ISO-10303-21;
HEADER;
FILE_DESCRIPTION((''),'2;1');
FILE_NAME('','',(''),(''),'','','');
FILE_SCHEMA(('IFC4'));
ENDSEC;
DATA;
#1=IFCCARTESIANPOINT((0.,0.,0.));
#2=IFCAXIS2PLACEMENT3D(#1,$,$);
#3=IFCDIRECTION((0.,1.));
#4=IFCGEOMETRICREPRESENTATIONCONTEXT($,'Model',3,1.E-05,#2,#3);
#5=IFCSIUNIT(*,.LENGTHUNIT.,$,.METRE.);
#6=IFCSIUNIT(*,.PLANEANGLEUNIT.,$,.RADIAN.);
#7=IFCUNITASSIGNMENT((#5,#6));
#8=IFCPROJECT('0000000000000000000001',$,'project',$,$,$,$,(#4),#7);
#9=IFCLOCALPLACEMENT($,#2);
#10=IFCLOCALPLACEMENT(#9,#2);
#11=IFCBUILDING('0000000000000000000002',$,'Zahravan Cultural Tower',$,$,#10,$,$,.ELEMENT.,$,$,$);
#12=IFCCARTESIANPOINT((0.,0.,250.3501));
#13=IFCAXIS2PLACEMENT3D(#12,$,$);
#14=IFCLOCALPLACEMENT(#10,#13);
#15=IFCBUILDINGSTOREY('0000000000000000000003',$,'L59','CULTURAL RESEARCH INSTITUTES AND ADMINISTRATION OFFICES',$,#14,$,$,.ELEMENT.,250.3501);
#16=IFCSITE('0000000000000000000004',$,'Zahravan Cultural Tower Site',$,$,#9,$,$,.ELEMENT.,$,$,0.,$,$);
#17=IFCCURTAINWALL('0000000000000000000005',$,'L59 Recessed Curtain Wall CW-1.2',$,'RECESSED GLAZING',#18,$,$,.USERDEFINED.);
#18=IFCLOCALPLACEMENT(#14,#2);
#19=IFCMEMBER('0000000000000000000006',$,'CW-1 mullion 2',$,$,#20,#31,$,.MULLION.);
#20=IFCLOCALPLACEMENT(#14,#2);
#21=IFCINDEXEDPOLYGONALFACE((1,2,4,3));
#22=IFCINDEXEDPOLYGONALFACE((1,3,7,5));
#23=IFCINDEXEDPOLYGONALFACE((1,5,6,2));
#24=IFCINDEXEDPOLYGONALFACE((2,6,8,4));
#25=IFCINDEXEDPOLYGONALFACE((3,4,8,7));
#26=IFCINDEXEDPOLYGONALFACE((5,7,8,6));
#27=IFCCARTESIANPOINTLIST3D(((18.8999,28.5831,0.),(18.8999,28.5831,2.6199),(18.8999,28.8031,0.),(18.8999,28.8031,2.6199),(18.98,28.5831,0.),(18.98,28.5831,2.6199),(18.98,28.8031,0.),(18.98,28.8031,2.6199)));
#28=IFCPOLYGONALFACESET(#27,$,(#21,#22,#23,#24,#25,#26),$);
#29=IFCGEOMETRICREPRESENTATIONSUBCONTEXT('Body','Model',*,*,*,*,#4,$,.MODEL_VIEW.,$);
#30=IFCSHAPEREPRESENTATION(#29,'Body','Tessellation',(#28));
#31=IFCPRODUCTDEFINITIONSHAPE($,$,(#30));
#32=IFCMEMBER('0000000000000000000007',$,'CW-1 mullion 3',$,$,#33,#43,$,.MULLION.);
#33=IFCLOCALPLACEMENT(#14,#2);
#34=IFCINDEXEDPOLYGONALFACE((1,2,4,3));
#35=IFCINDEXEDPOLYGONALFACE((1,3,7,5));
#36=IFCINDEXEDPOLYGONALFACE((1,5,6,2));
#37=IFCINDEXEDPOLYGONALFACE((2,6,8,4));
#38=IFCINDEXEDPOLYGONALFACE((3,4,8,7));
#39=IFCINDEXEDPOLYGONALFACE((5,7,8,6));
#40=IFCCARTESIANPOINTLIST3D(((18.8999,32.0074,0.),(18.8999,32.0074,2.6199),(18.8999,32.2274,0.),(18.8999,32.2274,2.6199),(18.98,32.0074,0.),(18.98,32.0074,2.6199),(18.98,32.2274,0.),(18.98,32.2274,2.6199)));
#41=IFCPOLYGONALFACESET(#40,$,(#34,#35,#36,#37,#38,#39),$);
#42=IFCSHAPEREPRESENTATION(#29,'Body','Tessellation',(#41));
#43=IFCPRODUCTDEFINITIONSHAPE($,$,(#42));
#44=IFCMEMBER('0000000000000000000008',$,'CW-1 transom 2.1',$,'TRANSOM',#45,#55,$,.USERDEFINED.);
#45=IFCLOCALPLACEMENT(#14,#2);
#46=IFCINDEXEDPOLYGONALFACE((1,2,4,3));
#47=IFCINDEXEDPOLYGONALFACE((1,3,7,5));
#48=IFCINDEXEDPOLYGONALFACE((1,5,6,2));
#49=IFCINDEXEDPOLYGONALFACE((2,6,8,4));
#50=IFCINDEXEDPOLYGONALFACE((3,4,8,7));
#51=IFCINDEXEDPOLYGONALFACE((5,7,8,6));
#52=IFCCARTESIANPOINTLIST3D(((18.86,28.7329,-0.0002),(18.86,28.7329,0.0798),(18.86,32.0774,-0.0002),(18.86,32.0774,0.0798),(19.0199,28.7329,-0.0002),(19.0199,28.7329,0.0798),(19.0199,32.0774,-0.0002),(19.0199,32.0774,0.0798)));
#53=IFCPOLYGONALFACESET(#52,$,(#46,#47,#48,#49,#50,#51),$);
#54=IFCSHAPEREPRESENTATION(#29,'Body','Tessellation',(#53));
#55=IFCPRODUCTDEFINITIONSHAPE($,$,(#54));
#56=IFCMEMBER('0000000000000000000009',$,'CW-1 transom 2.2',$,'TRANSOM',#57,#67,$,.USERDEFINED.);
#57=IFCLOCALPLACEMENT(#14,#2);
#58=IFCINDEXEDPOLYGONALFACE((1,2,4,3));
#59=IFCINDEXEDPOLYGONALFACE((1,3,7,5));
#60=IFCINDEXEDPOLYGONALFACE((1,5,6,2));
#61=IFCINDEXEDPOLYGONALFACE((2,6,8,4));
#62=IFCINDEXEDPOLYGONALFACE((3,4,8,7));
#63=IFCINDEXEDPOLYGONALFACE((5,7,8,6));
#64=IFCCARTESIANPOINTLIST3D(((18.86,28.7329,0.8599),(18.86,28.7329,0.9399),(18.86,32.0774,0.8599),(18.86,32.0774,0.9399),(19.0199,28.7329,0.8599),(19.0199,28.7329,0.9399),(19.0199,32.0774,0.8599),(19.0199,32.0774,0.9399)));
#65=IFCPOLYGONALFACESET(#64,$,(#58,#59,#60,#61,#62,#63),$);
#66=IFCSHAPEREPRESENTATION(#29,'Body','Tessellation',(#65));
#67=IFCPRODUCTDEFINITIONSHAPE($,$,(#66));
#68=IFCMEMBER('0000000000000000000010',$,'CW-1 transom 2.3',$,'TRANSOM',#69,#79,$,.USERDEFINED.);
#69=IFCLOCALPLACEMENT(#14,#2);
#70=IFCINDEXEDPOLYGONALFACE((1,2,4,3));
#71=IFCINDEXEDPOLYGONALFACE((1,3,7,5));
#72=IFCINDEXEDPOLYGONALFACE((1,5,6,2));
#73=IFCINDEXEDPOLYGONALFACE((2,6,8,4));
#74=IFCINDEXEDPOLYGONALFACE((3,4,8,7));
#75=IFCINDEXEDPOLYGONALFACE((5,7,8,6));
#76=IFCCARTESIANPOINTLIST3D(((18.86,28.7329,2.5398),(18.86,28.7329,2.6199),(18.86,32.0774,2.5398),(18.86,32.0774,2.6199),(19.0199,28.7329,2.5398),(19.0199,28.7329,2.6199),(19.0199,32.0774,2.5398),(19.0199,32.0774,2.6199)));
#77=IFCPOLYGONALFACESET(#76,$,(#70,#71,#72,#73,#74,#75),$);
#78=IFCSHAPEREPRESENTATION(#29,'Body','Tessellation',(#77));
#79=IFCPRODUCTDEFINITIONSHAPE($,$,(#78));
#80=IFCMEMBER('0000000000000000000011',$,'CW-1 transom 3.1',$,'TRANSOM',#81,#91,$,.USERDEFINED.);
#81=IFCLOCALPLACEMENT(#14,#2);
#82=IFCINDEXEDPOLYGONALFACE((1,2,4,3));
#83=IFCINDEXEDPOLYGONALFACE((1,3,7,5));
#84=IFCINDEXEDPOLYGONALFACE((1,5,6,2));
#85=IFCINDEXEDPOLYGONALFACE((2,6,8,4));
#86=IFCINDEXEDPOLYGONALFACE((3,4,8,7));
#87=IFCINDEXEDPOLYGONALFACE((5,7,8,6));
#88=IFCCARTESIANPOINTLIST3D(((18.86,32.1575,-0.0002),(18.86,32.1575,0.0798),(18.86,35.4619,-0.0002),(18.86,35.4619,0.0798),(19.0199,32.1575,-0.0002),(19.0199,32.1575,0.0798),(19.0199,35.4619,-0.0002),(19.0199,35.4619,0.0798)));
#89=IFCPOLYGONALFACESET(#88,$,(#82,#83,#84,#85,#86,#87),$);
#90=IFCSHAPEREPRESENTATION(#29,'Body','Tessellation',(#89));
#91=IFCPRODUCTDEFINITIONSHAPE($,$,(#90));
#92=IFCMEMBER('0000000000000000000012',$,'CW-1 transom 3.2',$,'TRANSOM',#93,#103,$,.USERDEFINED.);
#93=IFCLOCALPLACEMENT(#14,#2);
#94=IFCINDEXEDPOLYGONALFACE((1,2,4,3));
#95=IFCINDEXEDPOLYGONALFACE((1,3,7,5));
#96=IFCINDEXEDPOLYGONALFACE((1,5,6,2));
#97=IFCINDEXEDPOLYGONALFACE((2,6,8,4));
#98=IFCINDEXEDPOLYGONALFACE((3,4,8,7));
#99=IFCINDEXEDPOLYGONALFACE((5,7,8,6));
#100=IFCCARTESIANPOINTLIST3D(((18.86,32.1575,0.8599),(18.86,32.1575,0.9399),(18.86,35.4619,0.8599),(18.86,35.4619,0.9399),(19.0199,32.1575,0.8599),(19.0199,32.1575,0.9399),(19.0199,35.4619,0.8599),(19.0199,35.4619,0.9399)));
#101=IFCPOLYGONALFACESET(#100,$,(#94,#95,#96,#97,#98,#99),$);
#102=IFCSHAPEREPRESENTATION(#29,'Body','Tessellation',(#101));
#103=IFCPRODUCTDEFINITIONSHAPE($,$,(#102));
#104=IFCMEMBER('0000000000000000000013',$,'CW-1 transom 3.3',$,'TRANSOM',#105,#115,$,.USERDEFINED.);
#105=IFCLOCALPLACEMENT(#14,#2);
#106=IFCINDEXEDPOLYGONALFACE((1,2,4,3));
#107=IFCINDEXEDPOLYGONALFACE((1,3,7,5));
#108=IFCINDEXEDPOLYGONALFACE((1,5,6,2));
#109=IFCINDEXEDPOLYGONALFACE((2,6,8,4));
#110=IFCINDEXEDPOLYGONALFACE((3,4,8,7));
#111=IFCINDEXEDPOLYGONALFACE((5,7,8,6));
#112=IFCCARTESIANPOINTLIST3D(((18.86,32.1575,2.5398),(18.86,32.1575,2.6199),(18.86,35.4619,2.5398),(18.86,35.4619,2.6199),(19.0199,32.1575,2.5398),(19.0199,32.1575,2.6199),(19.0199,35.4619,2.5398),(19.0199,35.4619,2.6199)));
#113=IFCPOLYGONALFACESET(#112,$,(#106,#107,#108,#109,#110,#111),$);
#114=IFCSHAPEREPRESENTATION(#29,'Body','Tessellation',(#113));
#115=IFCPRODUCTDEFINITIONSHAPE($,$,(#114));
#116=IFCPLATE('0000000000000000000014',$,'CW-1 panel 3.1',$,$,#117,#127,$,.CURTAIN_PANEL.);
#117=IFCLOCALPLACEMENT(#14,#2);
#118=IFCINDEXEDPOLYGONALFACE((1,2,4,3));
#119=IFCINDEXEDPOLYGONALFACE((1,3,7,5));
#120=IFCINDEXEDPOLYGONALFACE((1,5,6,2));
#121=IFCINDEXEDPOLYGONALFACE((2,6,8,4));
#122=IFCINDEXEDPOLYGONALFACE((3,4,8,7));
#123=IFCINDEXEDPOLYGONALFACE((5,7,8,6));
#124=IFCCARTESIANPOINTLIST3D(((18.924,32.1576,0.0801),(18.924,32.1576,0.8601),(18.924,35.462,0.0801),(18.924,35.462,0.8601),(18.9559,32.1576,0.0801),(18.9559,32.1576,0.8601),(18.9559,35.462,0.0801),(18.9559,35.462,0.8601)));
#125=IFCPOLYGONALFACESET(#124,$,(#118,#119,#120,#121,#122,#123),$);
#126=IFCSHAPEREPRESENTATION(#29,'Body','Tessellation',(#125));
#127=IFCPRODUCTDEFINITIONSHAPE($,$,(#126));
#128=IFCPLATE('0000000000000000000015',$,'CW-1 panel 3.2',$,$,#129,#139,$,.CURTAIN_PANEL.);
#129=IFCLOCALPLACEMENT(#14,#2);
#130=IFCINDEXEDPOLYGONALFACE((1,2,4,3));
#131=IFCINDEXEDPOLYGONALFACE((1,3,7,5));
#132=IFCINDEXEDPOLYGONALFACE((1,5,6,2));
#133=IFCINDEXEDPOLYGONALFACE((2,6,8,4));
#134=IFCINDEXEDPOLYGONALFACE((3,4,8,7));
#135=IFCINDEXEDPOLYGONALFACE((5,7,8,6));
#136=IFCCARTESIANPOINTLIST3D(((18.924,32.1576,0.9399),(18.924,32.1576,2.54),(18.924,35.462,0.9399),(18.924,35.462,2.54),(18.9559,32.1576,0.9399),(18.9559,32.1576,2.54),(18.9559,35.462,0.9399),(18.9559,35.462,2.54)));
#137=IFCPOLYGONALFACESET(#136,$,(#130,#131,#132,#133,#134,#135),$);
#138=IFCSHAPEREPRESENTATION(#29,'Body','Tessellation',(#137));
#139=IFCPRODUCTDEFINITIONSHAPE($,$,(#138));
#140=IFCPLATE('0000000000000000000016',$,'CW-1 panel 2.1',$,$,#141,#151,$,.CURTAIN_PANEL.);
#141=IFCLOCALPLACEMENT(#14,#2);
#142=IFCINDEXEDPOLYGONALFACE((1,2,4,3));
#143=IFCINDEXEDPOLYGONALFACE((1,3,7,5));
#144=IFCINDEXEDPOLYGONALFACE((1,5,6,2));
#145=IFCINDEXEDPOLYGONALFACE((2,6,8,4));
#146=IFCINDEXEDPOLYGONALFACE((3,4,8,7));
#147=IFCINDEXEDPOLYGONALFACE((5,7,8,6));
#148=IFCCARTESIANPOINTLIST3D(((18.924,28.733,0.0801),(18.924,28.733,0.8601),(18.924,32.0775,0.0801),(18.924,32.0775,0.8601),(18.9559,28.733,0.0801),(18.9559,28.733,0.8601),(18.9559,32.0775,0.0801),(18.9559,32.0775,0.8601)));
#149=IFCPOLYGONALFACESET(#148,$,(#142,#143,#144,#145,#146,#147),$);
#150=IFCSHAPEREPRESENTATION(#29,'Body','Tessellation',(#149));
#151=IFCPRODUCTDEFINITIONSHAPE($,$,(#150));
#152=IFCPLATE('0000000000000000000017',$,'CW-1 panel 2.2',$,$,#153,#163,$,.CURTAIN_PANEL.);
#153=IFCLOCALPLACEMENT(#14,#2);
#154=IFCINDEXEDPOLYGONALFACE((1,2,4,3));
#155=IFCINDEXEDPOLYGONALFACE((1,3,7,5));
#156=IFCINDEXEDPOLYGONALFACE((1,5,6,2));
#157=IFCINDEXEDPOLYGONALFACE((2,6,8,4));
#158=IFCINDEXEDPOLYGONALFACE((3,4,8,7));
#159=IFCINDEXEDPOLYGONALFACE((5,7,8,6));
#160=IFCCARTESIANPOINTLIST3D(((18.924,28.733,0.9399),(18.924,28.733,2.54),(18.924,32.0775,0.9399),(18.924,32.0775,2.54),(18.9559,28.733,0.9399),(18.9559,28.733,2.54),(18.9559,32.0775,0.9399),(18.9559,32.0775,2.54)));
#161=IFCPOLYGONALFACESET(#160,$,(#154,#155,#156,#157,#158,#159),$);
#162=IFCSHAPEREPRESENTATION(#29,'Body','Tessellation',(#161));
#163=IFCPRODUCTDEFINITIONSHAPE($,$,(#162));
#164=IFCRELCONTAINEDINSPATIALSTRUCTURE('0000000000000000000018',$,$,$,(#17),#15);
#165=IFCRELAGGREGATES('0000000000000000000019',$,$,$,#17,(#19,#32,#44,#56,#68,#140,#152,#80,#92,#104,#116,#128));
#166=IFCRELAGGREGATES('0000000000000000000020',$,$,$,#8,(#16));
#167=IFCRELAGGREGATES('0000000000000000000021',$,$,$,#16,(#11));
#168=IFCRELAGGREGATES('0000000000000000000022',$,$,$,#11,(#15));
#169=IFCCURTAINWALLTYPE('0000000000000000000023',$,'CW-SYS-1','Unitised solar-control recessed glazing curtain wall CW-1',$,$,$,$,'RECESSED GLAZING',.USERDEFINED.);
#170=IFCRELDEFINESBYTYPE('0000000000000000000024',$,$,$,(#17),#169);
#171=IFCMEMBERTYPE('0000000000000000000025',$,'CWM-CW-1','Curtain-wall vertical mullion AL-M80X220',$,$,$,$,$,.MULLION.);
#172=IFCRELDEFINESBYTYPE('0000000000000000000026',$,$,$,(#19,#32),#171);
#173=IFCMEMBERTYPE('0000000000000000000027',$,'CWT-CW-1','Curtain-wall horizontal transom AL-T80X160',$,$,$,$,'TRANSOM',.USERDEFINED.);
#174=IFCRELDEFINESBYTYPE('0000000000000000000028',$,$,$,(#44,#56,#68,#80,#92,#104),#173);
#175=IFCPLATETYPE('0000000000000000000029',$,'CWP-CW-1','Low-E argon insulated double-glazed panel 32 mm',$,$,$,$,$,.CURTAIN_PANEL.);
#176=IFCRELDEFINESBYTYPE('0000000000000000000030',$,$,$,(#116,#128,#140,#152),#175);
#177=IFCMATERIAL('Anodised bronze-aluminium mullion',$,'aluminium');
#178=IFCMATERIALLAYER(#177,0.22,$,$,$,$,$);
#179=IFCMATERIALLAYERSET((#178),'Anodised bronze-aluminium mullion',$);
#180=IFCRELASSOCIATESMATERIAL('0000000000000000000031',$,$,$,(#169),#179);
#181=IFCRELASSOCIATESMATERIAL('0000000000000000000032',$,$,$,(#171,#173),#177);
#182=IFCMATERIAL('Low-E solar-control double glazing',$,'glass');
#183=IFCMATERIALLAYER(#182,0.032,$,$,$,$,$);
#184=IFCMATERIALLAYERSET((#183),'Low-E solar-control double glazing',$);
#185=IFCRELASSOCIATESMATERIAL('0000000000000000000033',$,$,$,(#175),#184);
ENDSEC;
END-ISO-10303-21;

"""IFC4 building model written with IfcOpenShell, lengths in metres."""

from ifc_helpers import new_model, si_unit, direction, frame, origin, origin_2d, place, context, subcontext, project, spatial, rectangle, extrude, source, transform, mapped, material, layer, layer_set, material_profile, profile_set, type_object, element, aggregate, save


model = new_model("IFC4")

# Units and contexts
model_context = context("Model", 3, precision=1e-05, world=origin(), true_north=direction((0.0, 1.0)))
body_context = subcontext(model_context, "Body", "Model", "MODEL_VIEW")
ifc_project = project(units=[si_unit("LENGTHUNIT", "METRE"), si_unit("PLANEANGLEUNIT", "RADIAN")], contexts=[model_context])

# Site, building, storey
site_placement = place(None, origin())
site = spatial("IfcSite", under=ifc_project, at=site_placement, Name="Zahravan Cultural Tower Site", CompositionType="ELEMENT", RefElevation=0.0)
building_placement = place(site_placement, origin())
building = spatial("IfcBuilding", under=site, at=building_placement, Name="Zahravan Cultural Tower", CompositionType="ELEMENT")
storey_placement = place(building_placement, frame((0.0, 0.0, 250.3501)))
storey = spatial("IfcBuildingStorey", under=building, at=storey_placement, Name="L59", Description="CULTURAL RESEARCH INSTITUTES AND ADMINISTRATION OFFICES", CompositionType="ELEMENT", Elevation=250.3501)

# Curtain wall, members, plates
ifc_material_1 = material(Name="Anodised bronze-aluminium mullion", Category="aluminium")
ifc_layer_1 = layer(ifc_material_1, 0.22)
ifc_layer_set_1 = layer_set([ifc_layer_1], Name="Anodised bronze-aluminium mullion")
curtain_wall_type = type_object("IfcCurtainWallType", Name="CW-SYS-1", Description="Unitised solar-control recessed glazing curtain wall CW-1", ElementType="RECESSED GLAZING", PredefinedType="USERDEFINED", material=ifc_layer_set_1)
curtain_wall_placement = place(storey_placement, origin())
curtain_wall = element("IfcCurtainWall", 1, at=curtain_wall_placement, inside=storey, type_object=curtain_wall_type, Name="L59 Recessed Curtain Wall CW-1.2", ObjectType="RECESSED GLAZING", PredefinedType="USERDEFINED")
ifc_material_profile_1 = material_profile(ifc_material_1, rectangle(XDim=0.0801, YDim=0.22, at=origin_2d()), Name="AL-M80X220")
ifc_profile_set_1 = profile_set([ifc_material_profile_1], Name="Anodised bronze-aluminium mullion")
member_type_1 = type_object("IfcMemberType", Name="CWM-CW-1", Description="Curtain-wall vertical mullion AL-M80X220", PredefinedType="MULLION", material=ifc_profile_set_1)
shared_shape_1 = source(origin(), body_context, "Body", "SweptSolid", [
    extrude(rectangle(XDim=0.0801, YDim=0.22, at=origin_2d()), origin(), (0.0, 0.0, 1.0), 2.6199),
])
member_1_placement = place(storey_placement, frame((18.9399, 28.6931, 0.0), z_axis=(0.0, 0.0, 1.0), x_axis=(-1.0, 0.0, 0.0)))
member_1 = element("IfcMember", 2, at=member_1_placement, type_object=member_type_1, Name="CW-1 mullion 2", PredefinedType="MULLION", context=body_context, shape_type="MappedRepresentation", body=[
    mapped(shared_shape_1, transform((0.0, 0.0, 0.0), x_axis=(1.0, 0.0, 0.0), y_axis=(0.0, 1.0, 0.0), z_axis=(0.0, 0.0, 1.0), scale=1.0)),
])
member_2_placement = place(storey_placement, frame((18.9399, 32.1174, 0.0), z_axis=(0.0, 0.0, 1.0), x_axis=(-1.0, 0.0, 0.0)))
member_2 = element("IfcMember", 3, at=member_2_placement, type_object=member_type_1, Name="CW-1 mullion 3", PredefinedType="MULLION", context=body_context, shape_type="MappedRepresentation", body=[
    mapped(shared_shape_1, transform((0.0, 0.0, 0.0), x_axis=(1.0, 0.0, 0.0), y_axis=(0.0, 1.0, 0.0), z_axis=(0.0, 0.0, 1.0), scale=1.0)),
])
ifc_material_profile_2 = material_profile(ifc_material_1, rectangle(XDim=0.1599, YDim=0.0801, at=origin_2d()), Name="AL-T80X160")
ifc_profile_set_2 = profile_set([ifc_material_profile_2], Name="Anodised bronze-aluminium mullion")
member_type_2 = type_object("IfcMemberType", Name="CWT-CW-1", Description="Curtain-wall horizontal transom AL-T80X160", ElementType="TRANSOM", PredefinedType="USERDEFINED", material=ifc_profile_set_2)
shared_shape_2 = source(origin(), body_context, "Body", "SweptSolid", [
    extrude(rectangle(XDim=0.1599, YDim=0.0801, at=origin_2d()), origin(), (0.0, 0.0, 1.0), 3.3445),
])
member_3_placement = place(storey_placement, frame((18.9399, 28.7329, 0.0398), z_axis=(0.0, 1.0, 0.0), x_axis=(-1.0, 0.0, 0.0)))
member_3 = element("IfcMember", 4, at=member_3_placement, type_object=member_type_2, Name="CW-1 transom 2.1", ObjectType="TRANSOM", PredefinedType="USERDEFINED", context=body_context, shape_type="MappedRepresentation", body=[
    mapped(shared_shape_2, transform((0.0, 0.0, 0.0), x_axis=(1.0, 0.0, 0.0), y_axis=(0.0, 1.0, 0.0), z_axis=(0.0, 0.0, 1.0), scale=1.0)),
])
member_4_placement = place(storey_placement, frame((18.9399, 28.7329, 0.8999), z_axis=(0.0, 1.0, 0.0), x_axis=(-1.0, 0.0, 0.0)))
member_4 = element("IfcMember", 5, at=member_4_placement, type_object=member_type_2, Name="CW-1 transom 2.2", ObjectType="TRANSOM", PredefinedType="USERDEFINED", context=body_context, shape_type="MappedRepresentation", body=[
    mapped(shared_shape_2, transform((0.0, 0.0, 0.0), x_axis=(1.0, 0.0, 0.0), y_axis=(0.0, 1.0, 0.0), z_axis=(0.0, 0.0, 1.0), scale=1.0)),
])
member_5_placement = place(storey_placement, frame((18.9399, 28.7329, 2.5798), z_axis=(0.0, 1.0, 0.0), x_axis=(-1.0, 0.0, 0.0)))
member_5 = element("IfcMember", 6, at=member_5_placement, type_object=member_type_2, Name="CW-1 transom 2.3", ObjectType="TRANSOM", PredefinedType="USERDEFINED", context=body_context, shape_type="MappedRepresentation", body=[
    mapped(shared_shape_2, transform((0.0, 0.0, 0.0), x_axis=(1.0, 0.0, 0.0), y_axis=(0.0, 1.0, 0.0), z_axis=(0.0, 0.0, 1.0), scale=1.0)),
])
shared_shape_3 = source(origin(), body_context, "Body", "SweptSolid", [
    extrude(rectangle(XDim=0.1599, YDim=0.0801, at=origin_2d()), origin(), (0.0, 0.0, 1.0), 3.3044),
])
member_6_placement = place(storey_placement, frame((18.9399, 32.1575, 0.0398), z_axis=(0.0, 1.0, 0.0), x_axis=(-1.0, 0.0, 0.0)))
member_6 = element("IfcMember", 7, at=member_6_placement, type_object=member_type_2, Name="CW-1 transom 3.1", ObjectType="TRANSOM", PredefinedType="USERDEFINED", context=body_context, shape_type="MappedRepresentation", body=[
    mapped(shared_shape_3, transform((0.0, 0.0, 0.0), x_axis=(1.0, 0.0, 0.0), y_axis=(0.0, 1.0, 0.0), z_axis=(0.0, 0.0, 1.0), scale=1.0)),
])
member_7_placement = place(storey_placement, frame((18.9399, 32.1575, 0.8999), z_axis=(0.0, 1.0, 0.0), x_axis=(-1.0, 0.0, 0.0)))
member_7 = element("IfcMember", 8, at=member_7_placement, type_object=member_type_2, Name="CW-1 transom 3.2", ObjectType="TRANSOM", PredefinedType="USERDEFINED", context=body_context, shape_type="MappedRepresentation", body=[
    mapped(shared_shape_3, transform((0.0, 0.0, 0.0), x_axis=(1.0, 0.0, 0.0), y_axis=(0.0, 1.0, 0.0), z_axis=(0.0, 0.0, 1.0), scale=1.0)),
])
member_8_placement = place(storey_placement, frame((18.9399, 32.1575, 2.5798), z_axis=(0.0, 1.0, 0.0), x_axis=(-1.0, 0.0, 0.0)))
member_8 = element("IfcMember", 9, at=member_8_placement, type_object=member_type_2, Name="CW-1 transom 3.3", ObjectType="TRANSOM", PredefinedType="USERDEFINED", context=body_context, shape_type="MappedRepresentation", body=[
    mapped(shared_shape_3, transform((0.0, 0.0, 0.0), x_axis=(1.0, 0.0, 0.0), y_axis=(0.0, 1.0, 0.0), z_axis=(0.0, 0.0, 1.0), scale=1.0)),
])
ifc_material_2 = material(Name="Low-E solar-control double glazing", Category="glass")
ifc_layer_2 = layer(ifc_material_2, 0.032)
ifc_layer_set_2 = layer_set([ifc_layer_2], Name="Low-E solar-control double glazing")
plate_type = type_object("IfcPlateType", Name="CWP-CW-1", Description="Low-E argon insulated double-glazed panel 32 mm", PredefinedType="CURTAIN_PANEL", material=ifc_layer_set_2)
shared_shape_4 = source(origin(), body_context, "Body", "SweptSolid", [
    extrude(rectangle(XDim=3.3044, YDim=0.032, at=origin_2d()), origin(), (0.0, 0.0, 1.0), 0.78),
])
plate_1_placement = place(storey_placement, frame((18.9399, 33.8098, 0.0801), z_axis=(0.0, 0.0, 1.0), x_axis=(0.0, 1.0, 0.0)))
plate_1 = element("IfcPlate", 10, at=plate_1_placement, type_object=plate_type, Name="CW-1 panel 3.1", PredefinedType="CURTAIN_PANEL", context=body_context, shape_type="MappedRepresentation", body=[
    mapped(shared_shape_4, transform((0.0, 0.0, 0.0), x_axis=(1.0, 0.0, 0.0), y_axis=(0.0, 1.0, 0.0), z_axis=(0.0, 0.0, 1.0), scale=1.0)),
])
shared_shape_5 = source(origin(), body_context, "Body", "SweptSolid", [
    extrude(rectangle(XDim=3.3044, YDim=0.032, at=origin_2d()), origin(), (0.0, 0.0, 1.0), 1.6001),
])
plate_2_placement = place(storey_placement, frame((18.9399, 33.8098, 0.9399), z_axis=(0.0, 0.0, 1.0), x_axis=(0.0, 1.0, 0.0)))
plate_2 = element("IfcPlate", 11, at=plate_2_placement, type_object=plate_type, Name="CW-1 panel 3.2", PredefinedType="CURTAIN_PANEL", context=body_context, shape_type="MappedRepresentation", body=[
    mapped(shared_shape_5, transform((0.0, 0.0, 0.0), x_axis=(1.0, 0.0, 0.0), y_axis=(0.0, 1.0, 0.0), z_axis=(0.0, 0.0, 1.0), scale=1.0)),
])
shared_shape_6 = source(origin(), body_context, "Body", "SweptSolid", [
    extrude(rectangle(XDim=3.3445, YDim=0.032, at=origin_2d()), origin(), (0.0, 0.0, 1.0), 0.78),
])
plate_3_placement = place(storey_placement, frame((18.9399, 30.4053, 0.0801), z_axis=(0.0, 0.0, 1.0), x_axis=(0.0, 1.0, 0.0)))
plate_3 = element("IfcPlate", 12, at=plate_3_placement, type_object=plate_type, Name="CW-1 panel 2.1", PredefinedType="CURTAIN_PANEL", context=body_context, shape_type="MappedRepresentation", body=[
    mapped(shared_shape_6, transform((0.0, 0.0, 0.0), x_axis=(1.0, 0.0, 0.0), y_axis=(0.0, 1.0, 0.0), z_axis=(0.0, 0.0, 1.0), scale=1.0)),
])
shared_shape_7 = source(origin(), body_context, "Body", "SweptSolid", [
    extrude(rectangle(XDim=3.3445, YDim=0.032, at=origin_2d()), origin(), (0.0, 0.0, 1.0), 1.6001),
])
plate_4_placement = place(storey_placement, frame((18.9399, 30.4053, 0.9399), z_axis=(0.0, 0.0, 1.0), x_axis=(0.0, 1.0, 0.0)))
plate_4 = element("IfcPlate", 13, at=plate_4_placement, type_object=plate_type, Name="CW-1 panel 2.2", PredefinedType="CURTAIN_PANEL", context=body_context, shape_type="MappedRepresentation", body=[
    mapped(shared_shape_7, transform((0.0, 0.0, 0.0), x_axis=(1.0, 0.0, 0.0), y_axis=(0.0, 1.0, 0.0), z_axis=(0.0, 0.0, 1.0), scale=1.0)),
])
aggregate(curtain_wall, [member_1, member_2, member_3, member_4, member_5, plate_3, plate_4, member_6, member_7, member_8, plate_1, plate_2])

save(model, "model.ifc")
